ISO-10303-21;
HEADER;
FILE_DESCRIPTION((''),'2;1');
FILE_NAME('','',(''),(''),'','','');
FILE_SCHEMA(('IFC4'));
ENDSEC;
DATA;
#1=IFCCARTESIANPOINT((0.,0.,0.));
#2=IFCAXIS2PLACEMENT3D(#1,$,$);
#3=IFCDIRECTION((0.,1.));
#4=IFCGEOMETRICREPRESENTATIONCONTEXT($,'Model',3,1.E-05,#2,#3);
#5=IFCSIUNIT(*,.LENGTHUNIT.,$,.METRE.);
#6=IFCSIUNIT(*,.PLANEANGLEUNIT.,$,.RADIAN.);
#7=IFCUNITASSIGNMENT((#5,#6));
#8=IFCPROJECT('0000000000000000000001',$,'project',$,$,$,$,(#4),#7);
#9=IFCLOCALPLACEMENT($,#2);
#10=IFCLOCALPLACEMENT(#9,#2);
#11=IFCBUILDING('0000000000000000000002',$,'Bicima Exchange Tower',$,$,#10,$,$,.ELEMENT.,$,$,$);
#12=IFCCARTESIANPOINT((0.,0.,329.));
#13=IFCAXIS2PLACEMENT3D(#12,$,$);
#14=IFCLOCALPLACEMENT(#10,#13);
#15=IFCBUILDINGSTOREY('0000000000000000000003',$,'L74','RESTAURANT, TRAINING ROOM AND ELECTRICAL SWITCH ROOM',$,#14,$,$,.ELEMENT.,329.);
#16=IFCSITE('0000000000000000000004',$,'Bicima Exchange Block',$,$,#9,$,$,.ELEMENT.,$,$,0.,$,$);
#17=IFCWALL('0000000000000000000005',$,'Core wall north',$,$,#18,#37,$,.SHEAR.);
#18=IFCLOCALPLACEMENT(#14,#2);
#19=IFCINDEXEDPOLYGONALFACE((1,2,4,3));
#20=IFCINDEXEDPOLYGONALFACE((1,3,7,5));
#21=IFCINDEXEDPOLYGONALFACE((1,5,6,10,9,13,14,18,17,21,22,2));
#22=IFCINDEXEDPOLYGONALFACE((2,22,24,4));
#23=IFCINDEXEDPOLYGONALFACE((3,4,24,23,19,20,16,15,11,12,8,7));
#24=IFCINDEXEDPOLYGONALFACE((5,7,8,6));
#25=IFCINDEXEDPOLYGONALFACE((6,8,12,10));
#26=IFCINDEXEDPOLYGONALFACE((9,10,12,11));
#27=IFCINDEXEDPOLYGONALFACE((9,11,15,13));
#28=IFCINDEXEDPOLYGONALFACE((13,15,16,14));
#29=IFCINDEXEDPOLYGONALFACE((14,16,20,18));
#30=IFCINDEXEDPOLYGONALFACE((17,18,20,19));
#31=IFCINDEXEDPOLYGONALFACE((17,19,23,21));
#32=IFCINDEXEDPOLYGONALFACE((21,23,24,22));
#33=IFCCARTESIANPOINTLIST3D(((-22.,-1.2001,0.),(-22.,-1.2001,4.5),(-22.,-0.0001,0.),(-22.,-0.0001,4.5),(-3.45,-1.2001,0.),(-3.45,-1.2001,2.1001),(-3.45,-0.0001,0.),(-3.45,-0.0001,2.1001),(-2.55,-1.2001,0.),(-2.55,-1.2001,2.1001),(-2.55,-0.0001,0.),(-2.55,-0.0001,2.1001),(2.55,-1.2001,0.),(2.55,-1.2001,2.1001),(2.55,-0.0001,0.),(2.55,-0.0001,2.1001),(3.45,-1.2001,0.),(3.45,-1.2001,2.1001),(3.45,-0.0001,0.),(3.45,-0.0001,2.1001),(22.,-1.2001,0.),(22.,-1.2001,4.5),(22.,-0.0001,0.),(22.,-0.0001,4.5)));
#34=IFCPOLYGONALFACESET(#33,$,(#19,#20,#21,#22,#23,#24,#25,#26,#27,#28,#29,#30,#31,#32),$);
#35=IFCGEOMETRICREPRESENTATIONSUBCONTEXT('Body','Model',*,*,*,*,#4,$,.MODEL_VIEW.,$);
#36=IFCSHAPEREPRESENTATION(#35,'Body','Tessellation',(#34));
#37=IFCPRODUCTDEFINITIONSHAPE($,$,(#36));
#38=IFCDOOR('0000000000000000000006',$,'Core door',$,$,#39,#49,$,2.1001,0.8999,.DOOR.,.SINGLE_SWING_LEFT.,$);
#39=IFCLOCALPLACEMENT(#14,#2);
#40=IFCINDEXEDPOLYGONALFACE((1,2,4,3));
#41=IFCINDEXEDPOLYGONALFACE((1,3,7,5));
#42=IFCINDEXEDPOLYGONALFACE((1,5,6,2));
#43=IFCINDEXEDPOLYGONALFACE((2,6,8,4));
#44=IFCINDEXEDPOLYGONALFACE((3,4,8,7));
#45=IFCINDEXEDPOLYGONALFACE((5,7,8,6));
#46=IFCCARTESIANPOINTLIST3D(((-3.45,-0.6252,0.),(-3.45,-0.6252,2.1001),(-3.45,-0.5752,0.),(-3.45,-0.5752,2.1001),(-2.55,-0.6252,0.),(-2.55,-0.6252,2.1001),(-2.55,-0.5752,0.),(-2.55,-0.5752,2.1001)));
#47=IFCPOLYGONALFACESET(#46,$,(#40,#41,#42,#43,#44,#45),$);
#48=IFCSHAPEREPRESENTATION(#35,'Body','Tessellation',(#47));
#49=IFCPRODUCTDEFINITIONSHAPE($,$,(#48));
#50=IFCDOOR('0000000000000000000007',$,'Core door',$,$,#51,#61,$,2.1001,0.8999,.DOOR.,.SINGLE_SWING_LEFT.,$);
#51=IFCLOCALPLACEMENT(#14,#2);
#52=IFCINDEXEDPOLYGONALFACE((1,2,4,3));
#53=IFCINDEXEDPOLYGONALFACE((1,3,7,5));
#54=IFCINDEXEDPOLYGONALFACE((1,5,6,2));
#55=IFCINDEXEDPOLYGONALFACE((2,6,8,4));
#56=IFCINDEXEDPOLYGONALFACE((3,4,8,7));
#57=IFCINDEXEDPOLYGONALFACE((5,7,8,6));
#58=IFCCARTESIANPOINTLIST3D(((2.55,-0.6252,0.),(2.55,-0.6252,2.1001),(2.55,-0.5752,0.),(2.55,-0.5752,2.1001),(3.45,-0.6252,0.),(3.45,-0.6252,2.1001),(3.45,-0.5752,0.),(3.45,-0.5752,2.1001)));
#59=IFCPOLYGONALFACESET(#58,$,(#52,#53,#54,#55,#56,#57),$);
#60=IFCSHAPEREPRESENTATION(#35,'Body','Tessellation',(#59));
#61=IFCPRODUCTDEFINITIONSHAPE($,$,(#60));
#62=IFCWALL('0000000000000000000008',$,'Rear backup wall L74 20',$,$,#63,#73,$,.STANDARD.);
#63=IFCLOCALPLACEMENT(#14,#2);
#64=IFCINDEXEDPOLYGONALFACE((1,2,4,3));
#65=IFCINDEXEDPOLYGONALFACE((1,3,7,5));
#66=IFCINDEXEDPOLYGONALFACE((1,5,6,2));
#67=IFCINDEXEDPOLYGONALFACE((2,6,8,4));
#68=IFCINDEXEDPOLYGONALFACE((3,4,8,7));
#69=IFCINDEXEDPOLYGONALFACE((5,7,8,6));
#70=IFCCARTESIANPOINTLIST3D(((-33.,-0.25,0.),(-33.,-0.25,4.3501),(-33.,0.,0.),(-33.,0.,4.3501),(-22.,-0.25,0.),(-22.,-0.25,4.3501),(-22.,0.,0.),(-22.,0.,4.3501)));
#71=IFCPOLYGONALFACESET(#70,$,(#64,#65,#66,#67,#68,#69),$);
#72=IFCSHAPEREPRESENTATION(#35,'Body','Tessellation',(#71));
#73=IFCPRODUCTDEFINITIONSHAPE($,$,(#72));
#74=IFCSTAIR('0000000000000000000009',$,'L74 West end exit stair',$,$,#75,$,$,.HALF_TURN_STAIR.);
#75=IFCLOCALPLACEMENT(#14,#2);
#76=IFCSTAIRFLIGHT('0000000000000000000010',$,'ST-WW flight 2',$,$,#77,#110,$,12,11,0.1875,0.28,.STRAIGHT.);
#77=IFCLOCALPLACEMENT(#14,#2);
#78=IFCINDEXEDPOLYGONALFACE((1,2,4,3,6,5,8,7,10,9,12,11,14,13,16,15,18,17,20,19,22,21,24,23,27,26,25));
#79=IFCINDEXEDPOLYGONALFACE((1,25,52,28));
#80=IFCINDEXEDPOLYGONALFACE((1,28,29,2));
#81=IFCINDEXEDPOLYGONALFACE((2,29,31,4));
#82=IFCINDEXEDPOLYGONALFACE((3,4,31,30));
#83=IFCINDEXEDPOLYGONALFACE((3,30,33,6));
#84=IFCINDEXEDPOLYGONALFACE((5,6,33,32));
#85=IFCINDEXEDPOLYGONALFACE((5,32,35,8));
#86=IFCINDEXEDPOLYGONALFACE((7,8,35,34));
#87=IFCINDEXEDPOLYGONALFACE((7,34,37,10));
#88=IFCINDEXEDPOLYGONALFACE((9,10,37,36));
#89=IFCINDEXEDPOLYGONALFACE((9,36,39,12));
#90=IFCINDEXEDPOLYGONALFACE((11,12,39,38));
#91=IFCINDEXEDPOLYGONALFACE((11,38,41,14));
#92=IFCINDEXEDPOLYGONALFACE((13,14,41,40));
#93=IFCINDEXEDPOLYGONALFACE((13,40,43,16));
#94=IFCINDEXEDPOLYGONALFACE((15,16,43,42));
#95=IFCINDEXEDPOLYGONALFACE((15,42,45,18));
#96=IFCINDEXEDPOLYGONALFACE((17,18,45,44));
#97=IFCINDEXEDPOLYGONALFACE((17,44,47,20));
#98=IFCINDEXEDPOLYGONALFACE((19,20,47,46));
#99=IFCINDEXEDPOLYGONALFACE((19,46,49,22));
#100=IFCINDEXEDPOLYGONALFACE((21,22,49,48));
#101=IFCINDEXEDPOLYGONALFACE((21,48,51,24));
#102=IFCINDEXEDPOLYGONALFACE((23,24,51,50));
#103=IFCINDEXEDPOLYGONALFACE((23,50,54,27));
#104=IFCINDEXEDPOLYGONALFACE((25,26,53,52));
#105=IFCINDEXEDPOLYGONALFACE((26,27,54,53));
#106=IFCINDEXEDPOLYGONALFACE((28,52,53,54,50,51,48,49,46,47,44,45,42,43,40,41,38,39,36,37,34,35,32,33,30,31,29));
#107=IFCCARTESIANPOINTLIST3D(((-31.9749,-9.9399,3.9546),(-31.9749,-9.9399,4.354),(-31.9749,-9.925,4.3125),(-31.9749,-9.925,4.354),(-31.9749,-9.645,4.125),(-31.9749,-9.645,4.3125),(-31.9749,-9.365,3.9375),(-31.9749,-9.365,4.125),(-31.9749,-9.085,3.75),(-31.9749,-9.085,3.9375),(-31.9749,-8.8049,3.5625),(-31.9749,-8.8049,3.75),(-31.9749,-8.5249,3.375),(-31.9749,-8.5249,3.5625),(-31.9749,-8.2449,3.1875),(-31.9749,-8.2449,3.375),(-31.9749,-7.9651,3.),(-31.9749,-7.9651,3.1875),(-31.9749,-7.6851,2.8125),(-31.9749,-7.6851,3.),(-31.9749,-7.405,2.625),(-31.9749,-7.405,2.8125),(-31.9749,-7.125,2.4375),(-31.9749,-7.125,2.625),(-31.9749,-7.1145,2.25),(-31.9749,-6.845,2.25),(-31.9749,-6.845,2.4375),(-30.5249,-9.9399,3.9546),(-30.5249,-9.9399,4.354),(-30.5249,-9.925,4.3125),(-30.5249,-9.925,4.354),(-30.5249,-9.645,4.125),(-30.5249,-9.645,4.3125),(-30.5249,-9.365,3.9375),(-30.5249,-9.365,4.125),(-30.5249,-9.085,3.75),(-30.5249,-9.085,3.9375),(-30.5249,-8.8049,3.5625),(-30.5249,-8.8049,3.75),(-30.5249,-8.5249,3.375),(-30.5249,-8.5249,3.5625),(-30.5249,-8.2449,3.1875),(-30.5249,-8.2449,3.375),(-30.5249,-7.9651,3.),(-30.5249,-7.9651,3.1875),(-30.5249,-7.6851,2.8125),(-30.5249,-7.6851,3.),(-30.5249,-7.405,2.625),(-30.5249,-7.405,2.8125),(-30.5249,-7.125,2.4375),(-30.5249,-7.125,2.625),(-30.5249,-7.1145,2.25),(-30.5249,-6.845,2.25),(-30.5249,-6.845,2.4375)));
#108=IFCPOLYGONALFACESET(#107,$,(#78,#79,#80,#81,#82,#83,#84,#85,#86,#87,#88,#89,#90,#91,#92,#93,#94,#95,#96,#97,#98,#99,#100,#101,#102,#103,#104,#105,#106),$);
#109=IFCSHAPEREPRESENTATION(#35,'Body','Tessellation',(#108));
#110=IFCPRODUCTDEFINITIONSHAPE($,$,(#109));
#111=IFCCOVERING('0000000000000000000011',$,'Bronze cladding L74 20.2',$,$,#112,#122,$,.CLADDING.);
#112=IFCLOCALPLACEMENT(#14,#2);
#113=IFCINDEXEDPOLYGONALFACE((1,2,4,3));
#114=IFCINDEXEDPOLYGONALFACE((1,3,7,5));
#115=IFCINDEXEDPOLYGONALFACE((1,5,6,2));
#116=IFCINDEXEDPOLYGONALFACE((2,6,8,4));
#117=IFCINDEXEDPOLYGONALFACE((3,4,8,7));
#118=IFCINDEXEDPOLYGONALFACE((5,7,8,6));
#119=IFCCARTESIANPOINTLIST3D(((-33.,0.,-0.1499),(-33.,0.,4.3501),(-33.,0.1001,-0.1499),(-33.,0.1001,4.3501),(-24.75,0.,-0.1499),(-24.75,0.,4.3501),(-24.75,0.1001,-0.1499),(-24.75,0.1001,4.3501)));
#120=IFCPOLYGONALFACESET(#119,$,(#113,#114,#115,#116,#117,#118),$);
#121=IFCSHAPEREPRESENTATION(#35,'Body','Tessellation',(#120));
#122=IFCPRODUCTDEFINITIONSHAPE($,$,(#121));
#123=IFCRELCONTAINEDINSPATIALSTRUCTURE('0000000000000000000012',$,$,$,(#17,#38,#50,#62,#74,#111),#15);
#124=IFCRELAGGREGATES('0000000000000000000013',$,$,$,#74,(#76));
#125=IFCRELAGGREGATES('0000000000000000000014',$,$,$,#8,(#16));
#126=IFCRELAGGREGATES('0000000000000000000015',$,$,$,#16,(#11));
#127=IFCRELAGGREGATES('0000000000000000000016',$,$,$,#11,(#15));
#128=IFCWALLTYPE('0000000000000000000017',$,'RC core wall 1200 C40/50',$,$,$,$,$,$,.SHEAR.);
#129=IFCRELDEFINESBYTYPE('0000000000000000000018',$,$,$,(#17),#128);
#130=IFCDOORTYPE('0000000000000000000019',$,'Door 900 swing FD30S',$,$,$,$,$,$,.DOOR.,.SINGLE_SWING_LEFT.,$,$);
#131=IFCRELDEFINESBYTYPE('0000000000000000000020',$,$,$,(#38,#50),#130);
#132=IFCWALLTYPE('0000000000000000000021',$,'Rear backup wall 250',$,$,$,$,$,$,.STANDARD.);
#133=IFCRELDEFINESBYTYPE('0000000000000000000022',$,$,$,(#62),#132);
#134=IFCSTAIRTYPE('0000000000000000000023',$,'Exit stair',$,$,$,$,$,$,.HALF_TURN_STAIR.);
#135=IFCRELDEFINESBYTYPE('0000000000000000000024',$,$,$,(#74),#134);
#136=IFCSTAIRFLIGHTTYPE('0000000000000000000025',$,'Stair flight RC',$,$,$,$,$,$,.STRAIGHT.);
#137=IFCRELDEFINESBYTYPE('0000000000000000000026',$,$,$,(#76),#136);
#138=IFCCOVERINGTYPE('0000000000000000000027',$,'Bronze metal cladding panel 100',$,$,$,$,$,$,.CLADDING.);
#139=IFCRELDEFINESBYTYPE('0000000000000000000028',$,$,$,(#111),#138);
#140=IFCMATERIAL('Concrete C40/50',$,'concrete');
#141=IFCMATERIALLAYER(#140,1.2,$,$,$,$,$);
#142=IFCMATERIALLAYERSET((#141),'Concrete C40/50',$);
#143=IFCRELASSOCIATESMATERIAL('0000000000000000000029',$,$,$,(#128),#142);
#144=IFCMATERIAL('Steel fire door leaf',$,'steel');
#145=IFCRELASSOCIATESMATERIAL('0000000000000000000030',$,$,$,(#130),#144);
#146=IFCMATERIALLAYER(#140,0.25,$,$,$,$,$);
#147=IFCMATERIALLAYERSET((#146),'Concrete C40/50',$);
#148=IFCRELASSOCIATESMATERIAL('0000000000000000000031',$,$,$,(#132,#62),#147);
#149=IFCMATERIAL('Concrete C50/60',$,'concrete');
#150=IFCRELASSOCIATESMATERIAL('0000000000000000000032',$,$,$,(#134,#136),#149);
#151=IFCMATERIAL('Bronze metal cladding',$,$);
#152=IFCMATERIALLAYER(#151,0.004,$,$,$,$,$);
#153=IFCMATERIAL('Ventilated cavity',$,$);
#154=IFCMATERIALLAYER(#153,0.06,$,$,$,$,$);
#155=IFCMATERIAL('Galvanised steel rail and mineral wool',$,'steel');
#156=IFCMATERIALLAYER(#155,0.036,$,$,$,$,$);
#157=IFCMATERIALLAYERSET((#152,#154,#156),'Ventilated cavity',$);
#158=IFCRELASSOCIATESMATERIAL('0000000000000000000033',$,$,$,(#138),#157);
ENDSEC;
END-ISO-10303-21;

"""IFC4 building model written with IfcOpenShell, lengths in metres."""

from ifc_helpers import new_model, si_unit, direction, frame, frame_2d, origin, origin_2d, place, context, subcontext, project, spatial, polyline, rectangle, outline, extrude, material, layer, layer_set, layer_usage, type_object, element, fill, aggregate, save


model = new_model("IFC4")

# Units and contexts
model_context = context("Model", 3, precision=1e-05, world=origin(), true_north=direction((0.0, 1.0)))
body_context = subcontext(model_context, "Body", "Model", "MODEL_VIEW")
ifc_project = project(units=[si_unit("LENGTHUNIT", "METRE"), si_unit("PLANEANGLEUNIT", "RADIAN")], contexts=[model_context])

# Site, building, storey
site_placement = place(None, origin())
site = spatial("IfcSite", under=ifc_project, at=site_placement, Name="Bicima Exchange Block", CompositionType="ELEMENT", RefElevation=0.0)
building_placement = place(site_placement, origin())
building = spatial("IfcBuilding", under=site, at=building_placement, Name="Bicima Exchange Tower", CompositionType="ELEMENT")
storey_placement = place(building_placement, frame((0.0, 0.0, 329.0)))
storey = spatial("IfcBuildingStorey", under=building, at=storey_placement, Name="L74", Description="RESTAURANT, TRAINING ROOM AND ELECTRICAL SWITCH ROOM", CompositionType="ELEMENT", Elevation=329.0)

# Wall, openings, doors
ifc_material_1 = material(Name="Concrete C40/50", Category="concrete")
ifc_layer_1 = layer(ifc_material_1, 1.2)
ifc_layer_set_1 = layer_set([ifc_layer_1], Name="Concrete C40/50")
wall_type_1 = type_object("IfcWallType", Name="RC core wall 1200 C40/50", PredefinedType="SHEAR", material=ifc_layer_set_1)
wall_1_placement = place(storey_placement, frame((-22.0, -0.6001, 0.0), z_axis=(0.0, 0.0, 1.0), x_axis=(1.0, 0.0, 0.0)))
wall_1 = element("IfcWall", 1, at=wall_1_placement, inside=storey, type_object=wall_type_1, Name="Core wall north", PredefinedType="SHEAR", context=body_context, shape_type="SweptSolid", body=[
    extrude(rectangle(XDim=44.0, YDim=1.2, at=frame_2d((22.0, 0.0))), origin(), (0.0, 0.0, 1.0), 4.5),
])
opening_1_placement = place(wall_1_placement, frame((18.55, 0.0, 0.0)))
opening_1 = element("IfcOpeningElement", 2, at=opening_1_placement, cuts=wall_1, PredefinedType="OPENING", context=body_context, shape_type="SweptSolid", body=[
    extrude(rectangle(XDim=0.8999, YDim=2.1001, at=frame_2d((0.45, 1.05))), frame((0.0, 0.6118, 0.0), z_axis=(0.0, -1.0, 0.0), x_axis=(1.0, 0.0, 0.0)), (0.0, 0.0, 1.0), 1.2239),
])
opening_2_placement = place(wall_1_placement, frame((24.55, 0.0, 0.0)))
opening_2 = element("IfcOpeningElement", 3, at=opening_2_placement, cuts=wall_1, PredefinedType="OPENING", context=body_context, shape_type="SweptSolid", body=[
    extrude(rectangle(XDim=0.8999, YDim=2.1001, at=frame_2d((0.45, 1.05))), frame((0.0, 0.6118, 0.0), z_axis=(0.0, -1.0, 0.0), x_axis=(1.0, 0.0, 0.0)), (0.0, 0.0, 1.0), 1.2239),
])
ifc_material_2 = material(Name="Steel fire door leaf", Category="steel")
door_type = type_object("IfcDoorType", Name="Door 900 swing FD30S", OperationType="SINGLE_SWING_LEFT", PredefinedType="DOOR", material=ifc_material_2)
door_1_placement = place(opening_1_placement, origin())
door_1 = element("IfcDoor", 4, at=door_1_placement, inside=storey, type_object=door_type, Name="Core door", OperationType="SINGLE_SWING_LEFT", OverallHeight=2.1001, OverallWidth=0.8999, PredefinedType="DOOR", context=body_context, shape_type="SweptSolid", body=[
    extrude(rectangle(XDim=0.8999, YDim=2.1001, at=frame_2d((0.45, 1.05))), frame((0.0, 0.0249, 0.0), z_axis=(0.0, -1.0, 0.0), x_axis=(1.0, 0.0, 0.0)), (0.0, 0.0, 1.0), 0.05),
])
fill(opening_1, door_1)
door_2_placement = place(opening_2_placement, origin())
door_2 = element("IfcDoor", 5, at=door_2_placement, inside=storey, type_object=door_type, Name="Core door", OperationType="SINGLE_SWING_LEFT", OverallHeight=2.1001, OverallWidth=0.8999, PredefinedType="DOOR", context=body_context, shape_type="SweptSolid", body=[
    extrude(rectangle(XDim=0.8999, YDim=2.1001, at=frame_2d((0.45, 1.05))), frame((0.0, 0.0249, 0.0), z_axis=(0.0, -1.0, 0.0), x_axis=(1.0, 0.0, 0.0)), (0.0, 0.0, 1.0), 0.05),
])
fill(opening_2, door_2)

# Wall
ifc_layer_2 = layer(ifc_material_1, 0.25)
ifc_layer_set_2 = layer_set([ifc_layer_2], Name="Concrete C40/50")
ifc_layer_usage = layer_usage(ifc_layer_set_2, "AXIS2", "POSITIVE", -0.125)
wall_type_2 = type_object("IfcWallType", Name="Rear backup wall 250", PredefinedType="STANDARD", material=ifc_layer_set_2)
wall_2_placement = place(storey_placement, frame((-22.0, -0.125, 0.0), z_axis=(0.0, 0.0, 1.0), x_axis=(-1.0, 0.0, 0.0)))
element("IfcWall", 6, at=wall_2_placement, inside=storey, type_object=wall_type_2, material=ifc_layer_usage, Name="Rear backup wall L74 20", PredefinedType="STANDARD", context=body_context, shape_type="SweptSolid", body=[
    extrude(rectangle(XDim=11.0, YDim=0.25, at=frame_2d((5.5, 0.0))), origin(), (0.0, 0.0, 1.0), 4.3501),
])

# Stair, stair flight
ifc_material_3 = material(Name="Concrete C50/60", Category="concrete")
stair_type = type_object("IfcStairType", Name="Exit stair", PredefinedType="HALF_TURN_STAIR", material=ifc_material_3)
stair_placement = place(storey_placement, origin())
stair = element("IfcStair", 7, at=stair_placement, inside=storey, type_object=stair_type, Name="L74 West end exit stair", PredefinedType="HALF_TURN_STAIR")
stair_flight_type = type_object("IfcStairFlightType", Name="Stair flight RC", PredefinedType="STRAIGHT", material=ifc_material_3)
stair_flight_placement = place(storey_placement, frame((-31.25, -6.845, 2.25), z_axis=(0.0, 0.0, 1.0), x_axis=(0.0, -1.0, 0.0)))
stair_flight = element("IfcStairFlight", 8, at=stair_flight_placement, type_object=stair_flight_type, Name="ST-WW flight 2", NumberOfRisers=12, NumberOfTreads=11, PredefinedType="STRAIGHT", RiserHeight=0.1875, TreadLength=0.28, context=body_context, shape_type="SweptSolid", body=[
    extrude(outline(polyline([(0.0, 0.0), (0.0, 0.1875), (0.28, 0.1875), (0.28, 0.375), (0.5601, 0.375), (0.5601, 0.5625), (0.8401, 0.5625), (0.8401, 0.75), (1.1201, 0.75), (1.1201, 0.9375), (1.3999, 0.9375), (1.3999, 1.125), (1.6799, 1.125), (1.6799, 1.3125), (1.96, 1.3125), (1.96, 1.5), (2.24, 1.5), (2.24, 1.6875), (2.52, 1.6875), (2.52, 1.875), (2.8, 1.875), (2.8, 2.0625), (3.0801, 2.0625), (3.0801, 2.104), (3.095, 2.104), (3.095, 1.7046), (0.2695, 0.0), (0.0, 0.0)])), frame((0.0, 0.7251, 0.0), z_axis=(0.0, -1.0, 0.0), x_axis=(1.0, 0.0, 0.0)), (0.0, 0.0, 1.0), 1.45),
])
aggregate(stair, [stair_flight])

# Covering
ifc_material_4 = material(Name="Bronze metal cladding")
ifc_layer_3 = layer(ifc_material_4, 0.004)
ifc_material_5 = material(Name="Ventilated cavity")
ifc_layer_4 = layer(ifc_material_5, 0.06)
ifc_material_6 = material(Name="Galvanised steel rail and mineral wool", Category="steel")
ifc_layer_5 = layer(ifc_material_6, 0.036)
ifc_layer_set_3 = layer_set([ifc_layer_3, ifc_layer_4, ifc_layer_5], Name="Ventilated cavity")
covering_type = type_object("IfcCoveringType", Name="Bronze metal cladding panel 100", PredefinedType="CLADDING", material=ifc_layer_set_3)
covering_placement = place(storey_placement, frame((-28.875, 0.05, -0.1499), z_axis=(0.0, 0.0, 1.0), x_axis=(-1.0, 0.0, 0.0)))
element("IfcCovering", 9, at=covering_placement, inside=storey, type_object=covering_type, Name="Bronze cladding L74 20.2", PredefinedType="CLADDING", context=body_context, shape_type="SweptSolid", body=[
    extrude(rectangle(XDim=8.25, YDim=0.1001, at=origin_2d()), origin(), (0.0, 0.0, 1.0), 4.5),
])

save(model, "model.ifc")
